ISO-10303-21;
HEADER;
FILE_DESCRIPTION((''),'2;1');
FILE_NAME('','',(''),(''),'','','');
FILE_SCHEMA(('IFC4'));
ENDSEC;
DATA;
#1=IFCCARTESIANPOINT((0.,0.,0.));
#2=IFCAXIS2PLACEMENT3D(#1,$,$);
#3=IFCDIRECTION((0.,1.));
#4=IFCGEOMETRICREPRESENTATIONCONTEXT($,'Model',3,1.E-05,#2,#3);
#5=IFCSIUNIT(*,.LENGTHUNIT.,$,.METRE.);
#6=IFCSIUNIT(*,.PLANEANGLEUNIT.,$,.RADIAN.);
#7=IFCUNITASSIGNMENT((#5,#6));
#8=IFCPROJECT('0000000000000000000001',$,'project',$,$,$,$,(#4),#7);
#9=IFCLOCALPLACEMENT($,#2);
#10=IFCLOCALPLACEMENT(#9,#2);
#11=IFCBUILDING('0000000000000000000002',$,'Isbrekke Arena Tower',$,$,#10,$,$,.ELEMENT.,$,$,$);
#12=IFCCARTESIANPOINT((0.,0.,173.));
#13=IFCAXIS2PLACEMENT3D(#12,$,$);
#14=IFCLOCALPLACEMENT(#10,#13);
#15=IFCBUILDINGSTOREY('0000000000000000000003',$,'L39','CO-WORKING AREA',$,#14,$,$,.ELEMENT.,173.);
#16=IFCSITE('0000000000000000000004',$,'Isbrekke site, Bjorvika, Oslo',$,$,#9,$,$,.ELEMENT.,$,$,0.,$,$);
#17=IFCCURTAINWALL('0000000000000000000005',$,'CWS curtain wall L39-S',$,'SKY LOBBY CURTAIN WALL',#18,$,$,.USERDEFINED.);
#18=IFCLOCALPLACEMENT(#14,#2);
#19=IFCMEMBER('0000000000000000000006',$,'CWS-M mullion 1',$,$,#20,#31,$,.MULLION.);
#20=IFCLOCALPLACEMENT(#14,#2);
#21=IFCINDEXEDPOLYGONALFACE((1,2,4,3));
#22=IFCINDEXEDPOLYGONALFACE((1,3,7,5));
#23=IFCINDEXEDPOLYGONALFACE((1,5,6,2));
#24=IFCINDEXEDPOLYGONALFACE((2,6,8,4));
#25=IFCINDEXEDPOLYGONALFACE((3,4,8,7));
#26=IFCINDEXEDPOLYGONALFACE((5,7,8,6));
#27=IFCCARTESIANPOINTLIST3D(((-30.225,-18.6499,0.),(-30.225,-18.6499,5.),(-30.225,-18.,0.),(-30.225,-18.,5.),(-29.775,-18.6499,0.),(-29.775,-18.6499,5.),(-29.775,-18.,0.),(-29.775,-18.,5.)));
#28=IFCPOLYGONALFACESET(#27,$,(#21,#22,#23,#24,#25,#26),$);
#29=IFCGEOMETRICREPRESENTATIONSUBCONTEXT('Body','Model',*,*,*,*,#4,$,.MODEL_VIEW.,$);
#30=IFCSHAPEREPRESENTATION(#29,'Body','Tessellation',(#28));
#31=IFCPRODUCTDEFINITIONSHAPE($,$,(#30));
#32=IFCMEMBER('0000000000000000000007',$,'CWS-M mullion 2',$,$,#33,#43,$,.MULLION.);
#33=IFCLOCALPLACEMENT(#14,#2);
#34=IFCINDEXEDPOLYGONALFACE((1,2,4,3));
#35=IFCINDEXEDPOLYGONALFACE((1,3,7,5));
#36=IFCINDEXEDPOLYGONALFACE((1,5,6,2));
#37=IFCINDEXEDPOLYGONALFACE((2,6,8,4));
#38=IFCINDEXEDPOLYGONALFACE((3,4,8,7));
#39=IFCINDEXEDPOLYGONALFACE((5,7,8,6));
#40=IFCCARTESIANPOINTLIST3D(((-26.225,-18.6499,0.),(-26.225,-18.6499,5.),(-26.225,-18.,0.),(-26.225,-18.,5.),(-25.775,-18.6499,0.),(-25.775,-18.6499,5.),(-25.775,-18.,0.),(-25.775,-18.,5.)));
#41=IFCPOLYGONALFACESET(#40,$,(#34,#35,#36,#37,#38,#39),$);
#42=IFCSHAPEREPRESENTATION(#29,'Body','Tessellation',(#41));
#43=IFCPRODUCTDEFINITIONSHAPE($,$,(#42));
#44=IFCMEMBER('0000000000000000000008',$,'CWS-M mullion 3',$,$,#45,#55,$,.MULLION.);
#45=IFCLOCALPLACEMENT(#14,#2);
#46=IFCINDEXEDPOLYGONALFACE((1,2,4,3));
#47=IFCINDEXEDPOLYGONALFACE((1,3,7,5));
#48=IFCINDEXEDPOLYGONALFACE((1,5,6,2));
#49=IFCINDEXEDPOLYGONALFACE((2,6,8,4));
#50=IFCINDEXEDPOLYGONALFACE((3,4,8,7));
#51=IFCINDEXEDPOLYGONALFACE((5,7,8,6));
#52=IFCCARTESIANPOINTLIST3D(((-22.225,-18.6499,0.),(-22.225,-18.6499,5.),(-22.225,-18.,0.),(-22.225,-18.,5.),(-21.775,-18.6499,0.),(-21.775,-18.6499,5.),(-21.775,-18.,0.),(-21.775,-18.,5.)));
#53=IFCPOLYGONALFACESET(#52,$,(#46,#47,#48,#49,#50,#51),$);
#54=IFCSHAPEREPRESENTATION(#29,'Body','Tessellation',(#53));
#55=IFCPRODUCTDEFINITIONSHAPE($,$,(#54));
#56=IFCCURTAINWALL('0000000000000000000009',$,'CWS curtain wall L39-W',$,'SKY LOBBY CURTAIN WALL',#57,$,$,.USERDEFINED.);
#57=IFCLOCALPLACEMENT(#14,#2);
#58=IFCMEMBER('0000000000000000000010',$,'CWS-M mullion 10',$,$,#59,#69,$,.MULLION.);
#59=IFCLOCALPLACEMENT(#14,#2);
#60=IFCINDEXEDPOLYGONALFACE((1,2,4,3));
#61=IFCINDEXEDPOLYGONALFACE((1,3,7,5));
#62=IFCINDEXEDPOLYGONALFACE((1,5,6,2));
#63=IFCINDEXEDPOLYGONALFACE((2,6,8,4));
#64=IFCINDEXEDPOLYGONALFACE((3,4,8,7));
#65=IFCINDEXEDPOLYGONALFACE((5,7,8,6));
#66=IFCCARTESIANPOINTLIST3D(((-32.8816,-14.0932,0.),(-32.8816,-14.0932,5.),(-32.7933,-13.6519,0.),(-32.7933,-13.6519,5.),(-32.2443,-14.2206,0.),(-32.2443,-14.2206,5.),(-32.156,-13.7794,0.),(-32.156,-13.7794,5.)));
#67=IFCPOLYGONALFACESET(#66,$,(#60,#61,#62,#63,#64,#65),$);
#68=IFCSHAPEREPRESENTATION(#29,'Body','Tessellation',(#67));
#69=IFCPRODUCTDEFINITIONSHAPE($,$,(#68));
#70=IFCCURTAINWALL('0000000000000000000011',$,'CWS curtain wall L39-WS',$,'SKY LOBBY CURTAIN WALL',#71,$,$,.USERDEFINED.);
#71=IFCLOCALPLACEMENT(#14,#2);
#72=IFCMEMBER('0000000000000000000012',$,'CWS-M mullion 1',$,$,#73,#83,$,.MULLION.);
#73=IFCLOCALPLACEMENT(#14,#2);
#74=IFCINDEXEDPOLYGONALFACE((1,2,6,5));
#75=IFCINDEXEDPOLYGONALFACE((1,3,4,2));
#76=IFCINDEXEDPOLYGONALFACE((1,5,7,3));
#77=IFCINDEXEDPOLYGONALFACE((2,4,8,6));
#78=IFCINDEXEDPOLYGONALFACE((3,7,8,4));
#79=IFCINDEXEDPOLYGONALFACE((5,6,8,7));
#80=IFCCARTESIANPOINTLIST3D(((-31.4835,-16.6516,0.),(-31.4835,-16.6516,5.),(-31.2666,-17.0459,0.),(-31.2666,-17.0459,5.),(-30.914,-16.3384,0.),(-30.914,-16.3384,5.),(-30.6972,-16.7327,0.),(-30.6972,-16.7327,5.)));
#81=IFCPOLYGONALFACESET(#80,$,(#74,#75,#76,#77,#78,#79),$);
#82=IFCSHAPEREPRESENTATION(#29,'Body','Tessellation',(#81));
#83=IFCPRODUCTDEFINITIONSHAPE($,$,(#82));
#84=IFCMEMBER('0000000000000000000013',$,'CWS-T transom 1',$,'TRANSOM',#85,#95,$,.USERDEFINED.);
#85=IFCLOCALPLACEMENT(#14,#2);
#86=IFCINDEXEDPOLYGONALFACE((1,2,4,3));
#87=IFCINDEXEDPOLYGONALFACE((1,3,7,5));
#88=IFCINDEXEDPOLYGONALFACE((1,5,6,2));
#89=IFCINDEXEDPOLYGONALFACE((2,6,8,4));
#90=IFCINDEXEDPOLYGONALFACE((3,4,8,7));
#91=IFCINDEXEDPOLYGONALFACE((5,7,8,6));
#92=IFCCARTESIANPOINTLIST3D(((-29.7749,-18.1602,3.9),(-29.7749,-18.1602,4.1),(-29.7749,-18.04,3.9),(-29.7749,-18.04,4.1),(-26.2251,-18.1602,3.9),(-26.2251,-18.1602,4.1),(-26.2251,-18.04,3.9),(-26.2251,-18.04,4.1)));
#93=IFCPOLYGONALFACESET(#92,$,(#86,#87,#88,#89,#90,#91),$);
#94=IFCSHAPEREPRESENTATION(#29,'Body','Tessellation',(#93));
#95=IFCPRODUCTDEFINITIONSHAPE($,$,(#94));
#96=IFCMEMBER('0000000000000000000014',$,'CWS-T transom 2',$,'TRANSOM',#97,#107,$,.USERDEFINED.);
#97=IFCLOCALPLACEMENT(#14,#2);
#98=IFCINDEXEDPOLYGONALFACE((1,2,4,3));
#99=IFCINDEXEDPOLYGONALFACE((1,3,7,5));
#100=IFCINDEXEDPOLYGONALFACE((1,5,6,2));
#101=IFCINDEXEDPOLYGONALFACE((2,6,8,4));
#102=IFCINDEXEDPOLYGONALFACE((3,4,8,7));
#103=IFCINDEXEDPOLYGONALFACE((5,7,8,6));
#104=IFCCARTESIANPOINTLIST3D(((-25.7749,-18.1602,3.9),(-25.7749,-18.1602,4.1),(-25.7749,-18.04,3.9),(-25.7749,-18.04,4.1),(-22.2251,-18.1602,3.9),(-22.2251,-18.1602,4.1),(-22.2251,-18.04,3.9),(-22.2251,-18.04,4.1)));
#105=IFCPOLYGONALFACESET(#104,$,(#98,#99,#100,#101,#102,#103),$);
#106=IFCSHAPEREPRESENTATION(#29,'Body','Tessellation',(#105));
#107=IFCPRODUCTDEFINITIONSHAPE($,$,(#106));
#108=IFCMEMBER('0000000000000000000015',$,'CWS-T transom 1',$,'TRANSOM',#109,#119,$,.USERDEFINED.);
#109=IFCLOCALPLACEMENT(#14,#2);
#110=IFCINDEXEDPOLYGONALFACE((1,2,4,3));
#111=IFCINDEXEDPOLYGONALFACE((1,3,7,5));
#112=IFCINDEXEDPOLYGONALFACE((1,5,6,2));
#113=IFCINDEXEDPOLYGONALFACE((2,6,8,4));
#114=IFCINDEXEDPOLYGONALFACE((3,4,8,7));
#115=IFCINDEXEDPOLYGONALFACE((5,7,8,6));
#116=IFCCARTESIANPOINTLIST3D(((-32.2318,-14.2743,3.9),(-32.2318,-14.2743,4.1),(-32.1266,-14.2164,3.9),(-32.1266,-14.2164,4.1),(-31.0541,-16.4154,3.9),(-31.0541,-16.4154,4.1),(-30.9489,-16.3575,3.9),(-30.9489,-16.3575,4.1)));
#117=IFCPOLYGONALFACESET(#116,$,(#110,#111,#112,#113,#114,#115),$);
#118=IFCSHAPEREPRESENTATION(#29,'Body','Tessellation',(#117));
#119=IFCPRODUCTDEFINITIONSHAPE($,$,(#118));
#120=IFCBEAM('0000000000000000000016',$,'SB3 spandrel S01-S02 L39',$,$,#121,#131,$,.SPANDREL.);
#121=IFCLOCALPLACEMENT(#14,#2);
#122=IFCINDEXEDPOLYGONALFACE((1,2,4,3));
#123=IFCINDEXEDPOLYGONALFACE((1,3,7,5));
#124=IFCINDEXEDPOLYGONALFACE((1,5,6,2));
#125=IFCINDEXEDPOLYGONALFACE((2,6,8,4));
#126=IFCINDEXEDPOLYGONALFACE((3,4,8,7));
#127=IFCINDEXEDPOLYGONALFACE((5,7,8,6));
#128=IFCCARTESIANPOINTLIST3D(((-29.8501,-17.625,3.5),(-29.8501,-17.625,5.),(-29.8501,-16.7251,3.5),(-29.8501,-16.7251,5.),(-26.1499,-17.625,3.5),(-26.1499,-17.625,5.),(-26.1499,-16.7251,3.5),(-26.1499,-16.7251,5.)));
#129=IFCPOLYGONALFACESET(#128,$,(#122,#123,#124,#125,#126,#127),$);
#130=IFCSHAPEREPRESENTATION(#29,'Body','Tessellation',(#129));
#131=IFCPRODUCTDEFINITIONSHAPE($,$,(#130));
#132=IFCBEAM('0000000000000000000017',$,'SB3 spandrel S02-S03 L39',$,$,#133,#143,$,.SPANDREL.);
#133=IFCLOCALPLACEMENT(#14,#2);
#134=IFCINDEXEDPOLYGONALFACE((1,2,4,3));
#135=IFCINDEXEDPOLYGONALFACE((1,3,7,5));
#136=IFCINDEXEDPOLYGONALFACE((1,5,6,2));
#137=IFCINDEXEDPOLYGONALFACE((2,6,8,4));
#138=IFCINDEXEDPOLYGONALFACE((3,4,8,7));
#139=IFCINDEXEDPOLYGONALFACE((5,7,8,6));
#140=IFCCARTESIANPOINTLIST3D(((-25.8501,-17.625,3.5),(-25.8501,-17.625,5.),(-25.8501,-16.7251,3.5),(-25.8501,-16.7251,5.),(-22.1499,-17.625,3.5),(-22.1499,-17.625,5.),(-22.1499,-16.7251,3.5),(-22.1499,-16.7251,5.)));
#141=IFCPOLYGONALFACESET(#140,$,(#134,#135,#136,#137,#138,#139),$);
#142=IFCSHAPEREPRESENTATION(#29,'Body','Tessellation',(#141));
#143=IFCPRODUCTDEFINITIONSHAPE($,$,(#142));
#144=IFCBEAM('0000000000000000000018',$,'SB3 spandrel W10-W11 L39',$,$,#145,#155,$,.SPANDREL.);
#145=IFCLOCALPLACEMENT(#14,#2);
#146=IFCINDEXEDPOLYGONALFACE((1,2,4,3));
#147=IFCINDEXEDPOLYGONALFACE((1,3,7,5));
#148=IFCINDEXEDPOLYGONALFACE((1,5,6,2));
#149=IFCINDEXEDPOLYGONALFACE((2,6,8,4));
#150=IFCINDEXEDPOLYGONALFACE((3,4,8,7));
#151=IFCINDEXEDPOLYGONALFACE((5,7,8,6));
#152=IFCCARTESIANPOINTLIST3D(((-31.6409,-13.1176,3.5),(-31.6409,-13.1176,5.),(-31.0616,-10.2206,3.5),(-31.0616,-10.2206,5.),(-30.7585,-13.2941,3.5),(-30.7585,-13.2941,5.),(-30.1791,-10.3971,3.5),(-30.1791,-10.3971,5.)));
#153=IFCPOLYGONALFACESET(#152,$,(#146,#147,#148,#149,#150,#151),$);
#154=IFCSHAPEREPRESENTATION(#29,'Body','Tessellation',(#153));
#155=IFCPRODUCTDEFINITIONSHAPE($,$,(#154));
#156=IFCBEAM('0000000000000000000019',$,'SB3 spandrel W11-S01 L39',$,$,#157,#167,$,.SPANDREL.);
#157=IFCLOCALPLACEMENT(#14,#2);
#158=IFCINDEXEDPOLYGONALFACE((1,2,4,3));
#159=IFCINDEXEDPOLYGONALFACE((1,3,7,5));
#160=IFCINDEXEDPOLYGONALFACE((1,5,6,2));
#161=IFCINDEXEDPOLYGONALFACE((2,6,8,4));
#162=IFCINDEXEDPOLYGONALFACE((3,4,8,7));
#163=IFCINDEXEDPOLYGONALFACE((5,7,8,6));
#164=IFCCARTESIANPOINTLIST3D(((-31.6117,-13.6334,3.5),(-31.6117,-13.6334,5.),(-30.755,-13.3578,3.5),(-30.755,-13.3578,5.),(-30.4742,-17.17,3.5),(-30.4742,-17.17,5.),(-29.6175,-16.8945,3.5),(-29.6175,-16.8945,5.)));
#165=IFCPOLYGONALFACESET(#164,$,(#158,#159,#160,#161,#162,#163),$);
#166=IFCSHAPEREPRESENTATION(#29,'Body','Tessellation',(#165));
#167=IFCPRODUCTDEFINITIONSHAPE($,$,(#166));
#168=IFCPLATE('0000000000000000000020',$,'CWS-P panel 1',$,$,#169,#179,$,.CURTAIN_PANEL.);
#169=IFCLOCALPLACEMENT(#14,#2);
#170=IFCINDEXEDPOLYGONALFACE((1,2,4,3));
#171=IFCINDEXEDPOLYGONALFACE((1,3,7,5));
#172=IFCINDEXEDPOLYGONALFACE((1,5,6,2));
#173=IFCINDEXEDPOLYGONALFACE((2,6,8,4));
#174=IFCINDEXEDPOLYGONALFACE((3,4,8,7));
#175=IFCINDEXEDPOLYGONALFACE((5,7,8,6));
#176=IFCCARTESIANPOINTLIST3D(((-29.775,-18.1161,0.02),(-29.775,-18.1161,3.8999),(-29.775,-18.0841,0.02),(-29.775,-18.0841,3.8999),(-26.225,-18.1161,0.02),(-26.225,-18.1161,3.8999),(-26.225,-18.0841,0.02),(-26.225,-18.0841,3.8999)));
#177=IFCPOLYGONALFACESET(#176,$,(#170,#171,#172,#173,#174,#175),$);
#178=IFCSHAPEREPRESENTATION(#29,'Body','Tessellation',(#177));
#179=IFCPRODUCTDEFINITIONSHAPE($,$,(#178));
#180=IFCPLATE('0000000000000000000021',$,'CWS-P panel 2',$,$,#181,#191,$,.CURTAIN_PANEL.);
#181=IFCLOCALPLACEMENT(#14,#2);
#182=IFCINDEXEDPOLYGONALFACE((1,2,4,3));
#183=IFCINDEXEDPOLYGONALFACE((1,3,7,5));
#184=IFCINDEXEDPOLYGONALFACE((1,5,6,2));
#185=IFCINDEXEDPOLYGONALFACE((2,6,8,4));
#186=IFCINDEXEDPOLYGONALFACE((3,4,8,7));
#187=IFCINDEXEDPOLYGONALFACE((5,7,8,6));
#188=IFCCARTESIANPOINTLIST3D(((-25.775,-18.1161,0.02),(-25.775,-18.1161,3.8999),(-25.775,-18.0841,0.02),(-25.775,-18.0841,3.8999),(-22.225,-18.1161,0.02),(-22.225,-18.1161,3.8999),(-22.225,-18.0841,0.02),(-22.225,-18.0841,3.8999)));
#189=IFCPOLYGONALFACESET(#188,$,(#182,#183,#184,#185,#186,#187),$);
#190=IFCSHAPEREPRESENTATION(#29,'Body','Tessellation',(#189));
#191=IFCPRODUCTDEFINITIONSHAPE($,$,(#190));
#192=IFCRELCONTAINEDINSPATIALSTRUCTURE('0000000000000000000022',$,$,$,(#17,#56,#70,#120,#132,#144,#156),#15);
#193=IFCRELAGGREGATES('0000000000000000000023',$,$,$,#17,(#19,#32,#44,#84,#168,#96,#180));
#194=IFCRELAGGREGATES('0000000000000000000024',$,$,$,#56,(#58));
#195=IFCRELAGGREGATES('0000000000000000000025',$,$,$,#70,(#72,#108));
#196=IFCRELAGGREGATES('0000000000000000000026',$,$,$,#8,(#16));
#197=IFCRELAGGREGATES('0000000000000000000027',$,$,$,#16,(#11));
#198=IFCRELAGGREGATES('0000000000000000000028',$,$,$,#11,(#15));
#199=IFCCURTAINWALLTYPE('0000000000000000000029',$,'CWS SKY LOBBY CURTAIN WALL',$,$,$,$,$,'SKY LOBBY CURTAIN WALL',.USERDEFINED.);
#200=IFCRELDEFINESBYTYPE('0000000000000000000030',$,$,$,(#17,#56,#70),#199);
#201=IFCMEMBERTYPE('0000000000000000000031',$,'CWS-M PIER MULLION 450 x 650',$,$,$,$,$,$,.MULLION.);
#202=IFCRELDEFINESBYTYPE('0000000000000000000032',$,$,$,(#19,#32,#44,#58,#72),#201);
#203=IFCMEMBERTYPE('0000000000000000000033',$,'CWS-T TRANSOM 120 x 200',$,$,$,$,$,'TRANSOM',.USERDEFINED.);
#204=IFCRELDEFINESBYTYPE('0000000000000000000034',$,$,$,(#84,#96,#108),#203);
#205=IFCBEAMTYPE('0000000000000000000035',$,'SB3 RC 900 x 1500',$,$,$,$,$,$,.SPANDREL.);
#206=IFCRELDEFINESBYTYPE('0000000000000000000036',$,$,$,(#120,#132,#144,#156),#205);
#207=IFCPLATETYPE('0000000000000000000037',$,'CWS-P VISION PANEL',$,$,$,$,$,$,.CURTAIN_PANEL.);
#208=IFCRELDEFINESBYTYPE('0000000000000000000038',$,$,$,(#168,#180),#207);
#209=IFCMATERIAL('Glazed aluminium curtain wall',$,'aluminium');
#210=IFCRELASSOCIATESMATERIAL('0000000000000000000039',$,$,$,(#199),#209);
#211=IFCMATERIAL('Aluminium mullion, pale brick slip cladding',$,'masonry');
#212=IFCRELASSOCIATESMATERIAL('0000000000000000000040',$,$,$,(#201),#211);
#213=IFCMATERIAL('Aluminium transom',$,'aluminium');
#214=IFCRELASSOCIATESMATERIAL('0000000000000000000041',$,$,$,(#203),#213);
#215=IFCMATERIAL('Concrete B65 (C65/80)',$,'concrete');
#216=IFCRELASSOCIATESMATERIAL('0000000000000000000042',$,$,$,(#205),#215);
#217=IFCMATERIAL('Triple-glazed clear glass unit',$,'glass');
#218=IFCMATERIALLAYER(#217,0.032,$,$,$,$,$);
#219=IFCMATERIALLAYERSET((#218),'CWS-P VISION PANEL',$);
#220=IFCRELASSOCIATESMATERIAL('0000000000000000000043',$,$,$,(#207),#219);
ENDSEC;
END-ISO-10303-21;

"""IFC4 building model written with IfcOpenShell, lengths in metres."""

from ifc_helpers import new_model, si_unit, direction, frame, origin, origin_2d, place, context, subcontext, project, spatial, rectangle, extrude, material, layer, layer_set, material_profile, profile_set, type_object, element, aggregate, save


model = new_model("IFC4")

# Units and contexts
model_context = context("Model", 3, precision=1e-05, world=origin(), true_north=direction((0.0, 1.0)))
body_context = subcontext(model_context, "Body", "Model", "MODEL_VIEW")
ifc_project = project(units=[si_unit("LENGTHUNIT", "METRE"), si_unit("PLANEANGLEUNIT", "RADIAN")], contexts=[model_context])

# Site, building, storey
site_placement = place(None, origin())
site = spatial("IfcSite", under=ifc_project, at=site_placement, Name="Isbrekke site, Bjorvika, Oslo", CompositionType="ELEMENT", RefElevation=0.0)
building_placement = place(site_placement, origin())
building = spatial("IfcBuilding", under=site, at=building_placement, Name="Isbrekke Arena Tower", CompositionType="ELEMENT")
storey_placement = place(building_placement, frame((0.0, 0.0, 173.0)))
storey = spatial("IfcBuildingStorey", under=building, at=storey_placement, Name="L39", Description="CO-WORKING AREA", CompositionType="ELEMENT", Elevation=173.0)

# Curtain wall, members
ifc_material_1 = material(Name="Glazed aluminium curtain wall", Category="aluminium")
curtain_wall_type = type_object("IfcCurtainWallType", Name="CWS SKY LOBBY CURTAIN WALL", ElementType="SKY LOBBY CURTAIN WALL", PredefinedType="USERDEFINED", material=ifc_material_1)
curtain_wall_1_placement = place(storey_placement, origin())
curtain_wall_1 = element("IfcCurtainWall", 1, at=curtain_wall_1_placement, inside=storey, type_object=curtain_wall_type, Name="CWS curtain wall L39-S", ObjectType="SKY LOBBY CURTAIN WALL", PredefinedType="USERDEFINED")
ifc_material_2 = material(Name="Aluminium mullion, pale brick slip cladding", Category="masonry")
ifc_material_profile_1 = material_profile(ifc_material_2, rectangle(XDim=0.45, YDim=0.6499, at=origin_2d()), Name="PIER 450X650")
ifc_profile_set_1 = profile_set([ifc_material_profile_1], Name="Aluminium mullion, pale brick slip cladding")
member_type_1 = type_object("IfcMemberType", Name="CWS-M PIER MULLION 450 x 650", PredefinedType="MULLION", material=ifc_profile_set_1)
member_1_placement = place(storey_placement, frame((-30.0, -18.325, 0.0), z_axis=(0.0, 0.0, 1.0), x_axis=(1.0, 0.0, 0.0)))
member_1 = element("IfcMember", 2, at=member_1_placement, type_object=member_type_1, Name="CWS-M mullion 1", PredefinedType="MULLION", context=body_context, shape_type="SweptSolid", body=[
    extrude(rectangle(XDim=0.45, YDim=0.6499, at=origin_2d()), origin(), (0.0, 0.0, 1.0), 5.0),
])
member_2_placement = place(storey_placement, frame((-26.0, -18.325, 0.0), z_axis=(0.0, 0.0, 1.0), x_axis=(1.0, 0.0, 0.0)))
member_2 = element("IfcMember", 3, at=member_2_placement, type_object=member_type_1, Name="CWS-M mullion 2", PredefinedType="MULLION", context=body_context, shape_type="SweptSolid", body=[
    extrude(rectangle(XDim=0.45, YDim=0.6499, at=origin_2d()), origin(), (0.0, 0.0, 1.0), 5.0),
])
member_3_placement = place(storey_placement, frame((-22.0, -18.325, 0.0), z_axis=(0.0, 0.0, 1.0), x_axis=(1.0, 0.0, 0.0)))
member_3 = element("IfcMember", 4, at=member_3_placement, type_object=member_type_1, Name="CWS-M mullion 3", PredefinedType="MULLION", context=body_context, shape_type="SweptSolid", body=[
    extrude(rectangle(XDim=0.45, YDim=0.6499, at=origin_2d()), origin(), (0.0, 0.0, 1.0), 5.0),
])

# Curtain walls, members
curtain_wall_2_placement = place(storey_placement, origin())
curtain_wall_2 = element("IfcCurtainWall", 5, at=curtain_wall_2_placement, inside=storey, type_object=curtain_wall_type, Name="CWS curtain wall L39-W", ObjectType="SKY LOBBY CURTAIN WALL", PredefinedType="USERDEFINED")
member_4_placement = place(storey_placement, frame((-32.5188, -13.9363, 0.0), z_axis=(0.0, 0.0, 1.0), x_axis=(-0.196116, -0.980581, 0.0)))
member_4 = element("IfcMember", 6, at=member_4_placement, type_object=member_type_1, Name="CWS-M mullion 10", PredefinedType="MULLION", context=body_context, shape_type="SweptSolid", body=[
    extrude(rectangle(XDim=0.45, YDim=0.6499, at=origin_2d()), origin(), (0.0, 0.0, 1.0), 5.0),
])
curtain_wall_3_placement = place(storey_placement, origin())
curtain_wall_3 = element("IfcCurtainWall", 7, at=curtain_wall_3_placement, inside=storey, type_object=curtain_wall_type, Name="CWS curtain wall L39-WS", ObjectType="SKY LOBBY CURTAIN WALL", PredefinedType="USERDEFINED")
member_5_placement = place(storey_placement, frame((-31.0903, -16.6921, 0.0), z_axis=(0.0, 0.0, 1.0), x_axis=(0.481919, -0.876216, 0.0)))
member_5 = element("IfcMember", 8, at=member_5_placement, type_object=member_type_1, Name="CWS-M mullion 1", PredefinedType="MULLION", context=body_context, shape_type="SweptSolid", body=[
    extrude(rectangle(XDim=0.45, YDim=0.6499, at=origin_2d()), origin(), (0.0, 0.0, 1.0), 5.0),
])

# Members
ifc_material_3 = material(Name="Aluminium transom", Category="aluminium")
ifc_material_profile_2 = material_profile(ifc_material_3, rectangle(XDim=0.1201, YDim=0.2, at=origin_2d()), Name="TRANSOM 120X200")
ifc_profile_set_2 = profile_set([ifc_material_profile_2], Name="Aluminium transom")
member_type_2 = type_object("IfcMemberType", Name="CWS-T TRANSOM 120 x 200", ElementType="TRANSOM", PredefinedType="USERDEFINED", material=ifc_profile_set_2)
member_6_placement = place(storey_placement, frame((-29.7749, -18.1001, 4.0), z_axis=(1.0, 0.0, 0.0), x_axis=(0.0, 1.0, 0.0)))
member_6 = element("IfcMember", 9, at=member_6_placement, type_object=member_type_2, Name="CWS-T transom 1", ObjectType="TRANSOM", PredefinedType="USERDEFINED", context=body_context, shape_type="SweptSolid", body=[
    extrude(rectangle(XDim=0.1201, YDim=0.2, at=origin_2d()), origin(), (0.0, 0.0, 1.0), 3.5498),
])
member_7_placement = place(storey_placement, frame((-25.7749, -18.1001, 4.0), z_axis=(1.0, 0.0, 0.0), x_axis=(0.0, 1.0, 0.0)))
member_7 = element("IfcMember", 10, at=member_7_placement, type_object=member_type_2, Name="CWS-T transom 2", ObjectType="TRANSOM", PredefinedType="USERDEFINED", context=body_context, shape_type="SweptSolid", body=[
    extrude(rectangle(XDim=0.1201, YDim=0.2, at=origin_2d()), origin(), (0.0, 0.0, 1.0), 3.5498),
])
member_8_placement = place(storey_placement, frame((-32.1792, -14.2454, 4.0), z_axis=(0.481957, -0.876195, 0.0), x_axis=(0.876195, 0.481957, 0.0)))
member_8 = element("IfcMember", 11, at=member_8_placement, type_object=member_type_2, Name="CWS-T transom 1", ObjectType="TRANSOM", PredefinedType="USERDEFINED", context=body_context, shape_type="SweptSolid", body=[
    extrude(rectangle(XDim=0.1201, YDim=0.2, at=origin_2d()), origin(), (0.0, 0.0, 1.0), 2.4436),
])

# Beams
ifc_material_4 = material(Name="Concrete B65 (C65/80)", Category="concrete")
ifc_material_profile_3 = material_profile(ifc_material_4, rectangle(XDim=0.8999, YDim=1.5, at=origin_2d()), Name="RC 900x1500")
ifc_profile_set_3 = profile_set([ifc_material_profile_3], Name="Concrete B65 (C65/80)")
beam_type_1 = type_object("IfcBeamType", Name="SB3 RC 900 x 1500", PredefinedType="SPANDREL", material=ifc_profile_set_3)
for number, where, z_axis, x_axis, name in (
    (12, (-29.8501, -17.175, 4.25), (1.0, 0.0, 0.0), (0.0, 1.0, 0.0), "SB3 spandrel S01-S02 L39"),
    (13, (-25.8501, -17.175, 4.25), (1.0, 0.0, 0.0), (0.0, 1.0, 0.0), "SB3 spandrel S02-S03 L39"),
):
    element("IfcBeam", number, at=place(storey_placement, frame(where, z_axis=z_axis, x_axis=x_axis)), inside=storey, type_object=beam_type_1, Name=name, PredefinedType="SPANDREL", context=body_context, shape_type="SweptSolid", body=[
        extrude(rectangle(XDim=0.8999, YDim=1.5, at=origin_2d()), origin(), (0.0, 0.0, 1.0), 3.7002),
    ])
beam_1_placement = place(storey_placement, frame((-30.6204, -10.3088, 4.25), z_axis=(-0.1961, -0.980584, 0.0), x_axis=(0.980584, -0.1961, 0.0)))
element("IfcBeam", 14, at=beam_1_placement, inside=storey, type_object=beam_type_1, Name="SB3 spandrel W10-W11 L39", PredefinedType="SPANDREL", context=body_context, shape_type="SweptSolid", body=[
    extrude(rectangle(XDim=0.8999, YDim=1.5, at=origin_2d()), origin(), (0.0, 0.0, 1.0), 2.9543),
])
beam_2_placement = place(storey_placement, frame((-31.1833, -13.4956, 4.25), z_axis=(0.306175, -0.951975, 0.0), x_axis=(0.951975, 0.306175, 0.0)))
element("IfcBeam", 15, at=beam_2_placement, inside=storey, type_object=beam_type_1, Name="SB3 spandrel W11-S01 L39", PredefinedType="SPANDREL", context=body_context, shape_type="SweptSolid", body=[
    extrude(rectangle(XDim=0.8999, YDim=1.5, at=origin_2d()), origin(), (0.0, 0.0, 1.0), 3.7151),
])

# Plates
ifc_material_5 = material(Name="Triple-glazed clear glass unit", Category="glass")
ifc_layer_1 = layer(ifc_material_5, 0.032)
ifc_layer_set_1 = layer_set([ifc_layer_1], Name="CWS-P VISION PANEL")
plate_type = type_object("IfcPlateType", Name="CWS-P VISION PANEL", PredefinedType="CURTAIN_PANEL", material=ifc_layer_set_1)
plate_1_placement = place(storey_placement, frame((-28.0, -18.1001, 0.02), z_axis=(0.0, 0.0, 1.0), x_axis=(1.0, 0.0, 0.0)))
plate_1 = element("IfcPlate", 16, at=plate_1_placement, type_object=plate_type, Name="CWS-P panel 1", PredefinedType="CURTAIN_PANEL", context=body_context, shape_type="SweptSolid", body=[
    extrude(rectangle(XDim=3.55, YDim=0.032, at=origin_2d()), origin(), (0.0, 0.0, 1.0), 3.8799),
])
plate_2_placement = place(storey_placement, frame((-24.0, -18.1001, 0.02), z_axis=(0.0, 0.0, 1.0), x_axis=(1.0, 0.0, 0.0)))
plate_2 = element("IfcPlate", 17, at=plate_2_placement, type_object=plate_type, Name="CWS-P panel 2", PredefinedType="CURTAIN_PANEL", context=body_context, shape_type="SweptSolid", body=[
    extrude(rectangle(XDim=3.55, YDim=0.032, at=origin_2d()), origin(), (0.0, 0.0, 1.0), 3.8799),
])
aggregate(curtain_wall_1, [member_1, member_2, member_3, member_6, plate_1, member_7, plate_2])
aggregate(curtain_wall_2, [member_4])
aggregate(curtain_wall_3, [member_5, member_8])

save(model, "model.ifc")
